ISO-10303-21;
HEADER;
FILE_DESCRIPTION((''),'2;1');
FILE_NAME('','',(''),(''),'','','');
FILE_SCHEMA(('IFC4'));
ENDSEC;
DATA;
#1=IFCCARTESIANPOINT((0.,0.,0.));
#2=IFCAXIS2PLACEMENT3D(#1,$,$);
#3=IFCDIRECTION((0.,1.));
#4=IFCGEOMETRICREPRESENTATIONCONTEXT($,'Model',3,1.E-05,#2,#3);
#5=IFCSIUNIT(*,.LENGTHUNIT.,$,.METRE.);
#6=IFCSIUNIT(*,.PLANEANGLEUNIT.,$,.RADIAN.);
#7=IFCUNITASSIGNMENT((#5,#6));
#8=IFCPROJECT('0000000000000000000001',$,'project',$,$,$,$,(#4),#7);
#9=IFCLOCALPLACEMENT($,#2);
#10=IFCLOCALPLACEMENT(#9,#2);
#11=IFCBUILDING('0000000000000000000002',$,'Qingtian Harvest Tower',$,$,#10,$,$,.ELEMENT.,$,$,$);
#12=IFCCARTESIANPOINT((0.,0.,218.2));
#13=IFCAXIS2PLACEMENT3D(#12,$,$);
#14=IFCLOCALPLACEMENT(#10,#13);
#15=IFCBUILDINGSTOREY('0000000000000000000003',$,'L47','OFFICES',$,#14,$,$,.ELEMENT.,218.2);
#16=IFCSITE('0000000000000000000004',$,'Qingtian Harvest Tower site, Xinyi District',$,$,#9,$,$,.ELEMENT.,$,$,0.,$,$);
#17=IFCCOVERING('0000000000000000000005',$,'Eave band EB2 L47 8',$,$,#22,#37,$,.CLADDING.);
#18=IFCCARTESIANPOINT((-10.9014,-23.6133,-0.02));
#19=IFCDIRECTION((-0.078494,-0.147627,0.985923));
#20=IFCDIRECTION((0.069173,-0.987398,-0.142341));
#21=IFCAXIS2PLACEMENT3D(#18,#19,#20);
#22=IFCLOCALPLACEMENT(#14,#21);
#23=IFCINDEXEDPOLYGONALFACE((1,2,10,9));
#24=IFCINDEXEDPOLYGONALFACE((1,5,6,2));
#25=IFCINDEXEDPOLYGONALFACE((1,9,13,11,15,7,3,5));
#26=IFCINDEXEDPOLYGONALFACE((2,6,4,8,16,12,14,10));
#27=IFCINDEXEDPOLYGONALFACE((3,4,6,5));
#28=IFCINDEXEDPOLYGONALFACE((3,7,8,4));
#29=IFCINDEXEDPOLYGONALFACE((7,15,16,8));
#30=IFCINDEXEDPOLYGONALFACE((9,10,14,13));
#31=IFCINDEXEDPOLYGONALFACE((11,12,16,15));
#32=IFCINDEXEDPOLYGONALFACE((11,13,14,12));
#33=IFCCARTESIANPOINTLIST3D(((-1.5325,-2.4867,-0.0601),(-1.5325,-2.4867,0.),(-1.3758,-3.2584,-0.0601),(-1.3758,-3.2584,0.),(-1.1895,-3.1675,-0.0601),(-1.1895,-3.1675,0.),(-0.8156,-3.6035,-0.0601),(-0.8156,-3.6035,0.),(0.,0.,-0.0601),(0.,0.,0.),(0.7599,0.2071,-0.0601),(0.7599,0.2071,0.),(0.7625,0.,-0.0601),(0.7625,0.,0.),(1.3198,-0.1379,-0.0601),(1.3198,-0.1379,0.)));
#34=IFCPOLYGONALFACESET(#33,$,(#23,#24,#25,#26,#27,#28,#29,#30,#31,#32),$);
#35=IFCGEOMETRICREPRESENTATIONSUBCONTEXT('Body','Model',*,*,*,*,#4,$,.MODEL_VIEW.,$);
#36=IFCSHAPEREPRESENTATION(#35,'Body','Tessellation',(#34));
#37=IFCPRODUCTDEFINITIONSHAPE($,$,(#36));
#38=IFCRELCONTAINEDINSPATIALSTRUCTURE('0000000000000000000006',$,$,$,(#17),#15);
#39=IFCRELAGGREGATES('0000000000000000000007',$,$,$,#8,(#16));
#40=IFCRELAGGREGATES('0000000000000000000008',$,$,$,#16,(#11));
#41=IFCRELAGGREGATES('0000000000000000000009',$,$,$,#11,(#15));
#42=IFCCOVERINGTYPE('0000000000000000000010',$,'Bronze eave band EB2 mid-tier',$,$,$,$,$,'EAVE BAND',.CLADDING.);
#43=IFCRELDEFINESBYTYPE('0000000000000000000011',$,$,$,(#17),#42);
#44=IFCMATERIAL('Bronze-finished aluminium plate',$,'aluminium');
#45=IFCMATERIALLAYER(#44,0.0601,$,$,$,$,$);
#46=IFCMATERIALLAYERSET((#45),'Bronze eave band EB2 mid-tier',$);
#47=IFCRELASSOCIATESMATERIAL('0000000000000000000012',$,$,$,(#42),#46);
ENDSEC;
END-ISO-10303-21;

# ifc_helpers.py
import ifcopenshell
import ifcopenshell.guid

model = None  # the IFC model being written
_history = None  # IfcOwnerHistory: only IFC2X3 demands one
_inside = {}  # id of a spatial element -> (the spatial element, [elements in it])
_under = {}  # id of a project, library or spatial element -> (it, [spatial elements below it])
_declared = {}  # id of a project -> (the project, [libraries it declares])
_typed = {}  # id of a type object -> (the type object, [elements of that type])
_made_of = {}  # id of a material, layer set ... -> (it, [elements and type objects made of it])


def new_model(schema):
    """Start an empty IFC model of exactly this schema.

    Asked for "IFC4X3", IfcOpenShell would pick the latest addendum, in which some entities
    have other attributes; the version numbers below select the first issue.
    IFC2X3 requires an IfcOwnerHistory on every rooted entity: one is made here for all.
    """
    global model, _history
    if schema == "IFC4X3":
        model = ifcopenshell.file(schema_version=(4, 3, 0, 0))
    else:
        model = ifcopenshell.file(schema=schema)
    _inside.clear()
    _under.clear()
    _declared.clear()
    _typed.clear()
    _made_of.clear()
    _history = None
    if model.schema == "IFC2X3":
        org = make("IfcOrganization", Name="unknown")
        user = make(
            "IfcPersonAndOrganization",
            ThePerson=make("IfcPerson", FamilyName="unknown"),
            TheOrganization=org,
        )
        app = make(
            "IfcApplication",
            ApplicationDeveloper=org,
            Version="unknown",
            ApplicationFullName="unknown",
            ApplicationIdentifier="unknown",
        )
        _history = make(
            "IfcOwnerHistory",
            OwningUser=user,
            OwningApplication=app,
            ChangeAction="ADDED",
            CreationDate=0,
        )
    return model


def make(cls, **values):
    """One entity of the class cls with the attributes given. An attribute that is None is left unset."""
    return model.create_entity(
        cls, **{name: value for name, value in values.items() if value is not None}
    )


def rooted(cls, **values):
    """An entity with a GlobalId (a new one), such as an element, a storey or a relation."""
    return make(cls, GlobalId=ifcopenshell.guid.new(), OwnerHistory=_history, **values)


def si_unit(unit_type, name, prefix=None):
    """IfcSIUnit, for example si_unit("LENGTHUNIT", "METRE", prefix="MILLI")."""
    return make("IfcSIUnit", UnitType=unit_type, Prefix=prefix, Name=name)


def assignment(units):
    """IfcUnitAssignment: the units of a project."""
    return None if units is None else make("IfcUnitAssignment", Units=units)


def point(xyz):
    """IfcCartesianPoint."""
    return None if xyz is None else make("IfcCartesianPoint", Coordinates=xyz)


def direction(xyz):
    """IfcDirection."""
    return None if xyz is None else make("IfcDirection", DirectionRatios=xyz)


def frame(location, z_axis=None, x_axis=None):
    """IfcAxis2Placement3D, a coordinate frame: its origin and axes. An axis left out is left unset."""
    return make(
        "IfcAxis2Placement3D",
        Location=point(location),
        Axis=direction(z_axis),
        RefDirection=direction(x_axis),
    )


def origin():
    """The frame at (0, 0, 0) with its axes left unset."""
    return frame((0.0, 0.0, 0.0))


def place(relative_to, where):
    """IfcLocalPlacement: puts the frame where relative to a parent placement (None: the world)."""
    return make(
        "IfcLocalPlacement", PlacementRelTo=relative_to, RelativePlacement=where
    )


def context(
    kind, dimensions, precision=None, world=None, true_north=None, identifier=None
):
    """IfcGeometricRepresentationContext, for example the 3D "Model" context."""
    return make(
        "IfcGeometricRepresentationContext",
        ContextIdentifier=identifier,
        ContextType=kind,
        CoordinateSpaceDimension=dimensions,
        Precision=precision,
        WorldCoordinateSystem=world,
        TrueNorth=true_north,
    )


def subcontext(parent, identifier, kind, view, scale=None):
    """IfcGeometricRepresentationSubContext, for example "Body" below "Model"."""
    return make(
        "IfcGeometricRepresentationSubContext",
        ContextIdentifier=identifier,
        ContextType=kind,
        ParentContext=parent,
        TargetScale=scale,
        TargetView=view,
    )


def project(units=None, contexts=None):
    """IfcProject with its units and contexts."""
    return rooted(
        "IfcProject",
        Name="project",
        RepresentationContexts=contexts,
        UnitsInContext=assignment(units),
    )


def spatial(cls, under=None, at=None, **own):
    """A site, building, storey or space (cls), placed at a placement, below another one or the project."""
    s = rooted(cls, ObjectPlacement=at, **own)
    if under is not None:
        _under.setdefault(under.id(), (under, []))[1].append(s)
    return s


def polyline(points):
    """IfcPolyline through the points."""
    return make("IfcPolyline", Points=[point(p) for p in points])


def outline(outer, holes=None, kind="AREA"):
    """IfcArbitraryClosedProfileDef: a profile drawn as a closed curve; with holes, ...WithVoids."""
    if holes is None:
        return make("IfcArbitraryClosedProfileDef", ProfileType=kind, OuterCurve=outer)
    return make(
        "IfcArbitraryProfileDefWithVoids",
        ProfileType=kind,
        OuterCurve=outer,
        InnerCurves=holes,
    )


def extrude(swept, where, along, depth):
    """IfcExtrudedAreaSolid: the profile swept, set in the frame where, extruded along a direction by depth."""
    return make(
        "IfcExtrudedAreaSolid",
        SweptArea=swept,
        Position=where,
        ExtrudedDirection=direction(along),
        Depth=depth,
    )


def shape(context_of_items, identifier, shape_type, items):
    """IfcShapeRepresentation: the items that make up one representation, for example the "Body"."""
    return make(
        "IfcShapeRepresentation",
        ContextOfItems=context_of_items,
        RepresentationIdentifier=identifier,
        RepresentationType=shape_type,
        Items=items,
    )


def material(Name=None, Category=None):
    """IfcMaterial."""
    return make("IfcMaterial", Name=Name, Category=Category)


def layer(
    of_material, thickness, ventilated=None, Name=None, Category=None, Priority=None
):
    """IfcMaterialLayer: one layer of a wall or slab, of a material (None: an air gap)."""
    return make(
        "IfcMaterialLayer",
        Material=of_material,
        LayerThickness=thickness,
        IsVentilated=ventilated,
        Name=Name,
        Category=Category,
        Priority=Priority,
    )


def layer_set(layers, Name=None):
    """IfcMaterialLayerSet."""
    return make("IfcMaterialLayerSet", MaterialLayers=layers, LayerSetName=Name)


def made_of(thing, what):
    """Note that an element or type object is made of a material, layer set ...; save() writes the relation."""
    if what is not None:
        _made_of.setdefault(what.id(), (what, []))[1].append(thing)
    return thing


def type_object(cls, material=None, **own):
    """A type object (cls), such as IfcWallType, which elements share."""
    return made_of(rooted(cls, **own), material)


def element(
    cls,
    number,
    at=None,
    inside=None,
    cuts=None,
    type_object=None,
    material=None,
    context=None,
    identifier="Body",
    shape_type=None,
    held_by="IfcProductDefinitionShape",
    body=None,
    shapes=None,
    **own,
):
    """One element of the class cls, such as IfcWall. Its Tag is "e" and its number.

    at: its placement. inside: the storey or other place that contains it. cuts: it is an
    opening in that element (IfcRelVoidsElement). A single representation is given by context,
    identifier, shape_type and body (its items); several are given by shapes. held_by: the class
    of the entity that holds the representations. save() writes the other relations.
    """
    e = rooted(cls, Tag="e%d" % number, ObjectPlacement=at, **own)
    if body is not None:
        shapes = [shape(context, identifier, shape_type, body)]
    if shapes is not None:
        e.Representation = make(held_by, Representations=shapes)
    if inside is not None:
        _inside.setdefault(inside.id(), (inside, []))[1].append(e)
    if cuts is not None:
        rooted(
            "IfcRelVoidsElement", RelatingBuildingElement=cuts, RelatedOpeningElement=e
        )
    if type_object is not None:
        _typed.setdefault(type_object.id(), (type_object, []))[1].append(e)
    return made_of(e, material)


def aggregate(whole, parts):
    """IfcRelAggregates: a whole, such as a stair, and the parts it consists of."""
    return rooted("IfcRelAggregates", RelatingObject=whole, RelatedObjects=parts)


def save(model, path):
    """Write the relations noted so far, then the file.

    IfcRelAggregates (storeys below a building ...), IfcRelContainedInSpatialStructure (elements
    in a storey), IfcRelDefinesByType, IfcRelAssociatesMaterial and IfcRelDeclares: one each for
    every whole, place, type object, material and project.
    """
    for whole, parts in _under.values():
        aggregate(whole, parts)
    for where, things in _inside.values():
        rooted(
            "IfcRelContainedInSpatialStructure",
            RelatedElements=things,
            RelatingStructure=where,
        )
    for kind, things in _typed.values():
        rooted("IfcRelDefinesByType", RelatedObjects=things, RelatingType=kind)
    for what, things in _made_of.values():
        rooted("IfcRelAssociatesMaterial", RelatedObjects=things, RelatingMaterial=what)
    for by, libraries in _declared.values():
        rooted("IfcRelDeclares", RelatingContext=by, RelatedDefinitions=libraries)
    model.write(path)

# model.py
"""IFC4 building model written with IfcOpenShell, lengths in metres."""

from ifc_helpers import new_model, si_unit, direction, frame, origin, place, context, subcontext, project, spatial, polyline, outline, extrude, material, layer, layer_set, type_object, element, save


model = new_model("IFC4")

# Units and contexts
model_context = context("Model", 3, precision=1e-05, world=origin(), true_north=direction((0.0, 1.0)))
body_context = subcontext(model_context, "Body", "Model", "MODEL_VIEW")
ifc_project = project(units=[si_unit("LENGTHUNIT", "METRE"), si_unit("PLANEANGLEUNIT", "RADIAN")], contexts=[model_context])

# Site, building, storey
site_placement = place(None, origin())
site = spatial("IfcSite", under=ifc_project, at=site_placement, Name="Qingtian Harvest Tower site, Xinyi District", CompositionType="ELEMENT", RefElevation=0.0)
building_placement = place(site_placement, origin())
building = spatial("IfcBuilding", under=site, at=building_placement, Name="Qingtian Harvest Tower", CompositionType="ELEMENT")
storey_placement = place(building_placement, frame((0.0, 0.0, 218.2)))
storey = spatial("IfcBuildingStorey", under=building, at=storey_placement, Name="L47", Description="OFFICES", CompositionType="ELEMENT", Elevation=218.2)

# Covering
ifc_material_1 = material(Name="Bronze-finished aluminium plate", Category="aluminium")
ifc_layer_1 = layer(ifc_material_1, 0.0601)
ifc_layer_set_1 = layer_set([ifc_layer_1], Name="Bronze eave band EB2 mid-tier")
covering_type = type_object("IfcCoveringType", Name="Bronze eave band EB2 mid-tier", ElementType="EAVE BAND", PredefinedType="CLADDING", material=ifc_layer_set_1)
covering_placement = place(storey_placement, frame((-10.9014, -23.6133, -0.02), z_axis=(-0.078494, -0.147627, 0.985923), x_axis=(0.069173, -0.987398, -0.142341)))
element("IfcCovering", 1, at=covering_placement, inside=storey, type_object=covering_type, Name="Eave band EB2 L47 8", PredefinedType="CLADDING", context=body_context, shape_type="SweptSolid", body=[
    extrude(outline(polyline([(0.0, 0.0), (0.7625, 0.0), (0.7599, 0.2071), (1.3198, -0.1379), (-0.8156, -3.6035), (-1.3758, -3.2584), (-1.1895, -3.1675), (-1.5325, -2.4867), (0.0, 0.0)])), origin(), (0.0, 0.0, -1.0), 0.0601),
])

save(model, "model.ifc")
